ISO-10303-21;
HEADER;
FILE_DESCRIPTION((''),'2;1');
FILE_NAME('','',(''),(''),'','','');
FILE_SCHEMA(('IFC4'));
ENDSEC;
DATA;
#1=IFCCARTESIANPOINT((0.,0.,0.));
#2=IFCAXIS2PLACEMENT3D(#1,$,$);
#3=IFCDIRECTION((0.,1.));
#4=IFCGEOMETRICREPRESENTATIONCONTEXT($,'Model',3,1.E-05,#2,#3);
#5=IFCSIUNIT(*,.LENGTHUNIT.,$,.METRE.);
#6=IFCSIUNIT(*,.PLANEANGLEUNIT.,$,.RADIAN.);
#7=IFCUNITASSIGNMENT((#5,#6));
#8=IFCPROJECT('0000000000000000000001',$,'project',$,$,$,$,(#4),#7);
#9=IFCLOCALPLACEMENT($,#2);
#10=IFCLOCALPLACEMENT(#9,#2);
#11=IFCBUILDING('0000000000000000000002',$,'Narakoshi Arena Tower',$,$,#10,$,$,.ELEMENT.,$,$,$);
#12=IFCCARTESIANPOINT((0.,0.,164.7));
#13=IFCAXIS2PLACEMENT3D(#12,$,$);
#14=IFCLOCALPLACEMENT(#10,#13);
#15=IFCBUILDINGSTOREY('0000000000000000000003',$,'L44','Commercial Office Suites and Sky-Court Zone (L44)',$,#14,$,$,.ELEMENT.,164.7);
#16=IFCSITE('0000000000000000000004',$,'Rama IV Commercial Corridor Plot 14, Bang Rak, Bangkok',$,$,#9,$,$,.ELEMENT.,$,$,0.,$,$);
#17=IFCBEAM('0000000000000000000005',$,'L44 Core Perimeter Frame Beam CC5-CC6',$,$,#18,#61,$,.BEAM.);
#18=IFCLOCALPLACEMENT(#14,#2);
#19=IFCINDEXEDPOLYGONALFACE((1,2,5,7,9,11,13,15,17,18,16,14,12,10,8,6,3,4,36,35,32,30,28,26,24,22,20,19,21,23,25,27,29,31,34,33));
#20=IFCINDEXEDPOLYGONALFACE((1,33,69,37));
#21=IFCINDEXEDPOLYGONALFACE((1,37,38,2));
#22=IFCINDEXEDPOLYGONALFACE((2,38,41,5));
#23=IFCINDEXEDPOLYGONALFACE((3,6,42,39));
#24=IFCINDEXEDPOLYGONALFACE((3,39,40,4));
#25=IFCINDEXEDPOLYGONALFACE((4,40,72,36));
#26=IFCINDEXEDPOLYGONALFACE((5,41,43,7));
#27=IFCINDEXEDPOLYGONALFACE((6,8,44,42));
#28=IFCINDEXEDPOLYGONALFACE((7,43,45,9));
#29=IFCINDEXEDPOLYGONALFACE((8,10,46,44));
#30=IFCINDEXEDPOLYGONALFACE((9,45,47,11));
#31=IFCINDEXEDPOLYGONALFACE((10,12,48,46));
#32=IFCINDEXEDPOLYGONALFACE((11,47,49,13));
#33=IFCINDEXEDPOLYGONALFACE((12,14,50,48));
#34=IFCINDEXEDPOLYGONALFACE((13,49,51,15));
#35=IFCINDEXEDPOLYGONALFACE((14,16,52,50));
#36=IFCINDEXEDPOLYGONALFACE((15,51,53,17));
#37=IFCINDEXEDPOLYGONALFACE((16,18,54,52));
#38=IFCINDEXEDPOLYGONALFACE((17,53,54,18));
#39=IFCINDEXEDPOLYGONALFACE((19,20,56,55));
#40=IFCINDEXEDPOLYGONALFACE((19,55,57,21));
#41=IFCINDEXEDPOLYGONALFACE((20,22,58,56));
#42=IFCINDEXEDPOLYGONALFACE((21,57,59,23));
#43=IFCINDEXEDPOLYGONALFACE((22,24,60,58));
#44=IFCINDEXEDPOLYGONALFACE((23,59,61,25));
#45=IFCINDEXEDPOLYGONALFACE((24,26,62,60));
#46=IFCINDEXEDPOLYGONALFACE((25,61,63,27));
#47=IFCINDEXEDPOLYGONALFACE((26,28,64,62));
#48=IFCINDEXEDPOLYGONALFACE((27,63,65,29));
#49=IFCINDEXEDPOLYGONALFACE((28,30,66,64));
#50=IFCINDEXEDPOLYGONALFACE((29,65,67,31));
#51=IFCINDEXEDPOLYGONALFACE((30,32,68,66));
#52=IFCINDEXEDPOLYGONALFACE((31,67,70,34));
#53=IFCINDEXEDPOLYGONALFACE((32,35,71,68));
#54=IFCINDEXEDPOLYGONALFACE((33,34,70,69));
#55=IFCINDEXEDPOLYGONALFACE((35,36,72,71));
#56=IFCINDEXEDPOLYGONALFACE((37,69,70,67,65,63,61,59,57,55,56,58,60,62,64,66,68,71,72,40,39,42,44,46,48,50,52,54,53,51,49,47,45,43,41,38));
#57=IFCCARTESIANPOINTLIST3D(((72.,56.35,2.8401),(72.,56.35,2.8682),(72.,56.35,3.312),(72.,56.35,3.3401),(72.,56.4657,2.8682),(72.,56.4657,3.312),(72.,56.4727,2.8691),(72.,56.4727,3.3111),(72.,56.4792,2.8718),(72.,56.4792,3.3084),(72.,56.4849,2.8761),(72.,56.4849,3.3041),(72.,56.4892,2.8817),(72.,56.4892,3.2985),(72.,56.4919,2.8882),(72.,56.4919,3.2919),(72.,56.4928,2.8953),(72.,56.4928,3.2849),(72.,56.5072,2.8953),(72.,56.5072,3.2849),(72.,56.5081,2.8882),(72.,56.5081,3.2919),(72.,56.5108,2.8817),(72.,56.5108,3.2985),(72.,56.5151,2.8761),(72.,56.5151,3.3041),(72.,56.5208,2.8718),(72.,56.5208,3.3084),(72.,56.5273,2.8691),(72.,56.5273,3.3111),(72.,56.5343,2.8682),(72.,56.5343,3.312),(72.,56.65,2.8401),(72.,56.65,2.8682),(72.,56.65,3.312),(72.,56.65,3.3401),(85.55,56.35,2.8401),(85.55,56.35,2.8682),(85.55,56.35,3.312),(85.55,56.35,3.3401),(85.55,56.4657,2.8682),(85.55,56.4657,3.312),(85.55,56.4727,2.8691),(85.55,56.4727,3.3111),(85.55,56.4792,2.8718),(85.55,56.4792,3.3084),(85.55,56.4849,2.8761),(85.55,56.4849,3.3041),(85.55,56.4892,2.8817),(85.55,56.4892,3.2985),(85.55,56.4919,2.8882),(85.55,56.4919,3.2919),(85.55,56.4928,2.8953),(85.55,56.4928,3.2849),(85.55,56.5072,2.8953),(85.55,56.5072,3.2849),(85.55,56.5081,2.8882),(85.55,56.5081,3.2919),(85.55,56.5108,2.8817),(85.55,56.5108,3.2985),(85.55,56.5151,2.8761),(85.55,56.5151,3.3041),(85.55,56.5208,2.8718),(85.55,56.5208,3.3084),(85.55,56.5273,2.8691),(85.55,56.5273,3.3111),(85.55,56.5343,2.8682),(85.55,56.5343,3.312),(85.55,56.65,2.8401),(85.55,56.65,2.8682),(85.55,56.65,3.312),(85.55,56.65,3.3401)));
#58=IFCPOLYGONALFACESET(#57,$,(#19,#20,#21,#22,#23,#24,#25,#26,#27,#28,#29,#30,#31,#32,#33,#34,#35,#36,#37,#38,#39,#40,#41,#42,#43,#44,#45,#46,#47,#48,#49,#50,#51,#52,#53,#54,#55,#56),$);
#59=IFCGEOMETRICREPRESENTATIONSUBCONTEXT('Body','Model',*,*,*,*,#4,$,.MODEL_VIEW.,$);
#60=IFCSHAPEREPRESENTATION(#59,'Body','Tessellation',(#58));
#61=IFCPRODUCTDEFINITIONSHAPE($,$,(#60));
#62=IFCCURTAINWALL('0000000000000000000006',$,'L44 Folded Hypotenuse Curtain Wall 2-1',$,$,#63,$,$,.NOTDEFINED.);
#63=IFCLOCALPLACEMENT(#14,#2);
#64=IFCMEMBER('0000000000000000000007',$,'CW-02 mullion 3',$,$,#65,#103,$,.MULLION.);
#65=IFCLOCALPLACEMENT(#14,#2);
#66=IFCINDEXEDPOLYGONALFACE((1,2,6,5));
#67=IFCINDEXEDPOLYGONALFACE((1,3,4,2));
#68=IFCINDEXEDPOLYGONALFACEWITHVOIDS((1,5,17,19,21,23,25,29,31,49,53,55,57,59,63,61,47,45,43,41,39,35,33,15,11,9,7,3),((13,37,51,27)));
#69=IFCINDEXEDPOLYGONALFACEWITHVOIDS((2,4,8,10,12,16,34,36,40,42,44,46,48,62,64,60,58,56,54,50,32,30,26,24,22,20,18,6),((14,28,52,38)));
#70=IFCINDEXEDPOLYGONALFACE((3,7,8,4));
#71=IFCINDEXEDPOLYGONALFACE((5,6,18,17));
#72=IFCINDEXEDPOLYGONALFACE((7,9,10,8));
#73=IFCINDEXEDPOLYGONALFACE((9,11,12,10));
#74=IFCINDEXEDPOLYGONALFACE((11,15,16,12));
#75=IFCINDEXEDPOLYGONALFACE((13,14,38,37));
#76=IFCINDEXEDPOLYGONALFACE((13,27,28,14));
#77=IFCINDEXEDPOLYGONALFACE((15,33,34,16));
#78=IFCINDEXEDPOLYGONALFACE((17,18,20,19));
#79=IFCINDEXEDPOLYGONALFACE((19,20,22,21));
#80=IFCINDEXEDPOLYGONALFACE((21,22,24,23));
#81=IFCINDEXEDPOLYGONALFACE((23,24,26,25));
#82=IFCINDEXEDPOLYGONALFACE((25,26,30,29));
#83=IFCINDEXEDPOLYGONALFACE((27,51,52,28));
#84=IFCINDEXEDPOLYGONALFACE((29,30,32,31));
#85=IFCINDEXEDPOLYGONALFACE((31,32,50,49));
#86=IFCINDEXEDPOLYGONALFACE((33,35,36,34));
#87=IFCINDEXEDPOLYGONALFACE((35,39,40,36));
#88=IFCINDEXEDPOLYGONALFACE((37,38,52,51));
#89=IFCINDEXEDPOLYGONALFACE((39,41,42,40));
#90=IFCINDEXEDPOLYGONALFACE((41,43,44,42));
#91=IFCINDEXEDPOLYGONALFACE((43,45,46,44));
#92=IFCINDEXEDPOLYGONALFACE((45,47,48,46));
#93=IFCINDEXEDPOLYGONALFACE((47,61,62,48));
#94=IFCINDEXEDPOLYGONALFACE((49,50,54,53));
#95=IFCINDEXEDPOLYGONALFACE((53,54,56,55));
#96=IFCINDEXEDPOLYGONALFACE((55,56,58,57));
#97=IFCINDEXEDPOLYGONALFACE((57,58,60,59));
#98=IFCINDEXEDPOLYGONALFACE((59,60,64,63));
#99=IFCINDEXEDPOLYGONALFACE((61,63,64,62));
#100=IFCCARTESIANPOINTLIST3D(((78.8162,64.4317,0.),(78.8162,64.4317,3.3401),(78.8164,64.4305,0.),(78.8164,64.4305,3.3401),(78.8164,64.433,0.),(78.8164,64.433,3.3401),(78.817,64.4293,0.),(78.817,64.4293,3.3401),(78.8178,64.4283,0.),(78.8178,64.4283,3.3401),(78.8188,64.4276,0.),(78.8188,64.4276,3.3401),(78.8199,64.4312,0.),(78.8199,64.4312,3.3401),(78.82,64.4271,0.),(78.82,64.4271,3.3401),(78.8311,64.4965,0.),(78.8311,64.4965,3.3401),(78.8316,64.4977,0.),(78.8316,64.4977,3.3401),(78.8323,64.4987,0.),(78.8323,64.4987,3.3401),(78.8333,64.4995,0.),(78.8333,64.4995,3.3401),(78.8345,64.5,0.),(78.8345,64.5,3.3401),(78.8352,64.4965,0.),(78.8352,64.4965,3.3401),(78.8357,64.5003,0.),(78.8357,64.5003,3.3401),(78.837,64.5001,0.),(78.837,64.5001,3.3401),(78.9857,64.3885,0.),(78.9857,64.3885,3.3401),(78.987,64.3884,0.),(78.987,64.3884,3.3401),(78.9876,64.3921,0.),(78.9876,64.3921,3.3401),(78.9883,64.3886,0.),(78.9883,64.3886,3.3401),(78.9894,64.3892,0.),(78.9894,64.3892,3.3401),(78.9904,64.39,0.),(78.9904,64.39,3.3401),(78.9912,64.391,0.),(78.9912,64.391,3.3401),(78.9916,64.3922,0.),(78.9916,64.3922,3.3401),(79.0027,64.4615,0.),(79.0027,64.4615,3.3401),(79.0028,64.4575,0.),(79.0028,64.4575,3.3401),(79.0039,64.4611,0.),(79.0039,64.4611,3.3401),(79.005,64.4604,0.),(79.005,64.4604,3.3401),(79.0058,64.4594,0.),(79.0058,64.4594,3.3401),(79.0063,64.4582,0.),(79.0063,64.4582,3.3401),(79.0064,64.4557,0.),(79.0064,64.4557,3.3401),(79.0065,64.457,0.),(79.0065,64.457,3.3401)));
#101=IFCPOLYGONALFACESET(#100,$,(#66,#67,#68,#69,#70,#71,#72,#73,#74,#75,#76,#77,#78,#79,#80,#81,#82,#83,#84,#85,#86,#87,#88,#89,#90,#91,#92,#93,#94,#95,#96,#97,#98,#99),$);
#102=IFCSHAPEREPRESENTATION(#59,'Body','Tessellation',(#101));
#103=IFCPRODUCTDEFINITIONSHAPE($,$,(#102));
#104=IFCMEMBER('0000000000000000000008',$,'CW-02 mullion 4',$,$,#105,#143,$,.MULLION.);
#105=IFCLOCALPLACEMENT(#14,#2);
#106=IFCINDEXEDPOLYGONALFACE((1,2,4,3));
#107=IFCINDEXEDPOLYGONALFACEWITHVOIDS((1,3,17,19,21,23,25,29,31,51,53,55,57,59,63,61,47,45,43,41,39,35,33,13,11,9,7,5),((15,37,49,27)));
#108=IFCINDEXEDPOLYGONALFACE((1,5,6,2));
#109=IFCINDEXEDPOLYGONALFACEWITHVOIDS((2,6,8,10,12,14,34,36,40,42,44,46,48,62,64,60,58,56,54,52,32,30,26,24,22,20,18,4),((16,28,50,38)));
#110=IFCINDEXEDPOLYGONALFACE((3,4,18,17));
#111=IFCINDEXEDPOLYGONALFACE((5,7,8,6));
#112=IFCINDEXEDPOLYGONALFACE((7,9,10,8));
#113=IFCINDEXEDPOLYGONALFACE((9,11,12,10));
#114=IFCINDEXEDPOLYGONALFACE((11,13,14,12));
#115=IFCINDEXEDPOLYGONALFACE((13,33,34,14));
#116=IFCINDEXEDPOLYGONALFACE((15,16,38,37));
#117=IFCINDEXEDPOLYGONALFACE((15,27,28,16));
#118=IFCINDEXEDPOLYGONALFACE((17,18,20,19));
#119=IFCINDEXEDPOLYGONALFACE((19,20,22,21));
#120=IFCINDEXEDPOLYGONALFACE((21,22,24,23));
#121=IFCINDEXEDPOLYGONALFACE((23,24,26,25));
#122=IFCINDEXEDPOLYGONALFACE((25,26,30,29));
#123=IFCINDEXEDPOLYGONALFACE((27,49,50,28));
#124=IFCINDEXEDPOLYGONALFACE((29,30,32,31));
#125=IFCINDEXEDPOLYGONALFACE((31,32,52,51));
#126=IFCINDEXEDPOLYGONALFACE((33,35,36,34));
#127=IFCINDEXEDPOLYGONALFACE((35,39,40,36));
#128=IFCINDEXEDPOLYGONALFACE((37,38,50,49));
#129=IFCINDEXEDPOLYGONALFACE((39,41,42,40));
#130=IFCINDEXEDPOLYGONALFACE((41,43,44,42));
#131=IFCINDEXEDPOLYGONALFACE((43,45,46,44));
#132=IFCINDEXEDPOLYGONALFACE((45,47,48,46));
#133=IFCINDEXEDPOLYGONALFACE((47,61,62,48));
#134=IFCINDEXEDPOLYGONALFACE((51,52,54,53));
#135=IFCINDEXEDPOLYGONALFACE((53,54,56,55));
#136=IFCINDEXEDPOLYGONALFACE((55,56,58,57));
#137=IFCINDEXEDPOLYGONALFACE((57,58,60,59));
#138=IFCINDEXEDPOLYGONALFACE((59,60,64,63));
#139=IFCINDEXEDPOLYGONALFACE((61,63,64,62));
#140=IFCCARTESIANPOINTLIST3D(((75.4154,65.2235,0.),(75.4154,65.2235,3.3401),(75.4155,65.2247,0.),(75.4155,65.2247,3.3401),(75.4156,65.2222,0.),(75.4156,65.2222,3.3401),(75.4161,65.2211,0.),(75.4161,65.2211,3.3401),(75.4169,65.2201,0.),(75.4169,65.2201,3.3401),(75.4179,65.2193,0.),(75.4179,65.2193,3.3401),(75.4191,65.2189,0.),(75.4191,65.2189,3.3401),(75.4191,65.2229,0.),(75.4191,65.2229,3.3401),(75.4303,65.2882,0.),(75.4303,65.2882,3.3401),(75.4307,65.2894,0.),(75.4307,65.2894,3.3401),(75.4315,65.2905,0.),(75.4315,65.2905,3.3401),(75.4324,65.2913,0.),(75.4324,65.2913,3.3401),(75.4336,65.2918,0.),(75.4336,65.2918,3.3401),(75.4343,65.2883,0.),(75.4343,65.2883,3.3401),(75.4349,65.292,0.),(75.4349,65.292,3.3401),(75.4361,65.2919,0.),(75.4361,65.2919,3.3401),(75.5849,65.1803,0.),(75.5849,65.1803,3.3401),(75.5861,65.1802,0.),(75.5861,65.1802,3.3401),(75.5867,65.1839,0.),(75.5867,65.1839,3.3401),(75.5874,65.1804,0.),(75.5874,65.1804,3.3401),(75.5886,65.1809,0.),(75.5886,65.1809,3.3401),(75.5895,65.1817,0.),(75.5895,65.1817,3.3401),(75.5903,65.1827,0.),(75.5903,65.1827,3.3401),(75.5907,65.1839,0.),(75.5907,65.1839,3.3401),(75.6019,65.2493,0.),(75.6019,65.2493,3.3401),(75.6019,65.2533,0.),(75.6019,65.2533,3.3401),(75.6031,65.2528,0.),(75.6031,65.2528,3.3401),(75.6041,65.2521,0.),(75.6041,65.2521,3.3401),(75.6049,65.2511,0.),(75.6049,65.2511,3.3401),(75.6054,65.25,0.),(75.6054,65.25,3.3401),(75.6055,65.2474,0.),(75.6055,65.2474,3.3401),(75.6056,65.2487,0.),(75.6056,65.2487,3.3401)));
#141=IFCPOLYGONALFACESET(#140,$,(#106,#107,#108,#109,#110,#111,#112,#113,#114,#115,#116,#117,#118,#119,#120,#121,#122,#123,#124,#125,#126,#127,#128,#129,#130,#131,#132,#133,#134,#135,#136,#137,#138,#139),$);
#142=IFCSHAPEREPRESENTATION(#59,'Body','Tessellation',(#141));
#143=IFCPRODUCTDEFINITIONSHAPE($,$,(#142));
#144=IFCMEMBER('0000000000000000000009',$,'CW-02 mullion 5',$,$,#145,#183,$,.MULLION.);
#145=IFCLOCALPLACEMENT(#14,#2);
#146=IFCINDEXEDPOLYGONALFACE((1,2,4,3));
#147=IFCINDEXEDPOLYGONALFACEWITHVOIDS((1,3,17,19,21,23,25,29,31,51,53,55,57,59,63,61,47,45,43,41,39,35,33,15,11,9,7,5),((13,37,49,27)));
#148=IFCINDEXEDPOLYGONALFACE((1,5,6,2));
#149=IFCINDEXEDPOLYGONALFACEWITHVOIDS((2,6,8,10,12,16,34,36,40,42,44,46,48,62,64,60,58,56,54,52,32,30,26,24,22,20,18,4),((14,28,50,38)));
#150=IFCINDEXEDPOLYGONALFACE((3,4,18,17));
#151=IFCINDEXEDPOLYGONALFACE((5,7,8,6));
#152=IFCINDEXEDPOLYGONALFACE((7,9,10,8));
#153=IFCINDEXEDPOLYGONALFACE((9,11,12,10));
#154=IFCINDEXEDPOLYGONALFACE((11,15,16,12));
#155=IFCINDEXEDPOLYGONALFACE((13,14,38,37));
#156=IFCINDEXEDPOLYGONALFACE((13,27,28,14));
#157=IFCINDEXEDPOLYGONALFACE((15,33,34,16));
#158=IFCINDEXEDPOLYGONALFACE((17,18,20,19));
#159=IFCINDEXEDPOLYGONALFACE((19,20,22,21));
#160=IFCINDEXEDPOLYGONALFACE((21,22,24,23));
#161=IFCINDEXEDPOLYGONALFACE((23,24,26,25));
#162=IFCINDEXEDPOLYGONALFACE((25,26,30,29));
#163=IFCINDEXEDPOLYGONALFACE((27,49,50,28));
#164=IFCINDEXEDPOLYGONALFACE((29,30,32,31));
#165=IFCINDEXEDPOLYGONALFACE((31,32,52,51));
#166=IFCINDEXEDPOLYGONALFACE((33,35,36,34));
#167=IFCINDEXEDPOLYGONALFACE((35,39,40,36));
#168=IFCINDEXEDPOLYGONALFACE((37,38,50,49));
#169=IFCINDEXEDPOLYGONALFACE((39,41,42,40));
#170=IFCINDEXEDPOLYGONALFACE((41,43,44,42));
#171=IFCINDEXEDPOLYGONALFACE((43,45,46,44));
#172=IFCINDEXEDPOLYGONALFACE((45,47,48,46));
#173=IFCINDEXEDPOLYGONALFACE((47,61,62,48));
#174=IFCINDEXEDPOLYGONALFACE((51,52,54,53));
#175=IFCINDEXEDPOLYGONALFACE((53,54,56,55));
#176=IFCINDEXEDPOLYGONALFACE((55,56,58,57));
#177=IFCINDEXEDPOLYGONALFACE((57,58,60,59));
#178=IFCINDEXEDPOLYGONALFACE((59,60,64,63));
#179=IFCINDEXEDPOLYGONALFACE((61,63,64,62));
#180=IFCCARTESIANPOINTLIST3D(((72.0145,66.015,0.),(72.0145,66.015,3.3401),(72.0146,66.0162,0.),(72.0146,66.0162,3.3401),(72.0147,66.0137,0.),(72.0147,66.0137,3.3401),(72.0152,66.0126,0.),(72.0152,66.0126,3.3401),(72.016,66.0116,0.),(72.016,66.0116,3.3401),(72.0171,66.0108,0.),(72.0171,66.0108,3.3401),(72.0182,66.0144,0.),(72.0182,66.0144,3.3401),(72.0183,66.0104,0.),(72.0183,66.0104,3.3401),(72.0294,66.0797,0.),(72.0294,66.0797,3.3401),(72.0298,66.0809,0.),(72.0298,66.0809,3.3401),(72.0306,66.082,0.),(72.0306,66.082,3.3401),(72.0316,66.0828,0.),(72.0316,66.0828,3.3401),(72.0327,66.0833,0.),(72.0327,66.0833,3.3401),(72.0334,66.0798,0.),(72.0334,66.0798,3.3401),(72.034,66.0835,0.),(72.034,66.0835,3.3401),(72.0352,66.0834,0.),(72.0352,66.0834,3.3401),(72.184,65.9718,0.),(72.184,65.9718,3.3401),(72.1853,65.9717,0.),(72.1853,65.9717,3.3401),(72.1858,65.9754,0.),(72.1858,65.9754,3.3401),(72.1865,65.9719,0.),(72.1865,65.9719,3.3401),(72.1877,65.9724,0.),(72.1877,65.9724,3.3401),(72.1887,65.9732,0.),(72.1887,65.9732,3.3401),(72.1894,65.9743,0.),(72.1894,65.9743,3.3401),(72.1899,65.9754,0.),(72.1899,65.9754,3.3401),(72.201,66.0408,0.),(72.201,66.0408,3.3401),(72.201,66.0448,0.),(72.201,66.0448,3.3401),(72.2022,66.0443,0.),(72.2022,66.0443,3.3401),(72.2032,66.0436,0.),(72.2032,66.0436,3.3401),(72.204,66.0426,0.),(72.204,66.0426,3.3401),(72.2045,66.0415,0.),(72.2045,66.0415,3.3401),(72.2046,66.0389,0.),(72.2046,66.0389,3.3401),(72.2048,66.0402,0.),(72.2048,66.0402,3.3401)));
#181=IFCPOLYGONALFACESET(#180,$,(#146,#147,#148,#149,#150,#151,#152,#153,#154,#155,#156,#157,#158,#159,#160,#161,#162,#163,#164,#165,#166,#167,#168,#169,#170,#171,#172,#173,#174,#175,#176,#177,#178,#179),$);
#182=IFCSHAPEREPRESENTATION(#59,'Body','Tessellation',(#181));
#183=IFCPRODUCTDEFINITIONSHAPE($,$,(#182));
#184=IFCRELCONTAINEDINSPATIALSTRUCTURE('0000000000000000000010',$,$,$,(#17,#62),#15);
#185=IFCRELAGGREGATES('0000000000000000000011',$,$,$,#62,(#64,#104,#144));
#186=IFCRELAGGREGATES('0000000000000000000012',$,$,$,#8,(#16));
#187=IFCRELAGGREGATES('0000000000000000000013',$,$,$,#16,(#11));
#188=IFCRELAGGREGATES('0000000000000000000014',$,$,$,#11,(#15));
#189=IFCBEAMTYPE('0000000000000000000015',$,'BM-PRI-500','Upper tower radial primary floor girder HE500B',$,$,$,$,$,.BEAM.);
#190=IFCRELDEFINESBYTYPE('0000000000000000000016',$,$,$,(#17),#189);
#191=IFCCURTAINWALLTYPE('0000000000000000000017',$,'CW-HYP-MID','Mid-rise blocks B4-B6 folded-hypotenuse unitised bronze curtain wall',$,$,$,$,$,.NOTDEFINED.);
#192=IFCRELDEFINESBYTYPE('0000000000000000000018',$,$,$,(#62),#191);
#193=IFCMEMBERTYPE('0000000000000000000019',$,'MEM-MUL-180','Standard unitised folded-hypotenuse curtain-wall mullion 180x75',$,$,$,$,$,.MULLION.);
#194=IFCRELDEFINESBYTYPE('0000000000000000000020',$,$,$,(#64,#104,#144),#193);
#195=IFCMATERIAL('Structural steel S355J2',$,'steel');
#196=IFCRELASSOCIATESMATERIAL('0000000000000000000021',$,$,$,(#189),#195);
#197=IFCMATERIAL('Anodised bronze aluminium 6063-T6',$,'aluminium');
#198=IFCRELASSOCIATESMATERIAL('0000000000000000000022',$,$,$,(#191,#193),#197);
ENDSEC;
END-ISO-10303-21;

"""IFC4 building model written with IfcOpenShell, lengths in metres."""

from ifc_helpers import new_model, si_unit, direction, frame, origin, origin_2d, place, context, subcontext, project, spatial, hollow_rectangle, i_section, extrude, material, material_profile, profile_set, type_object, element, aggregate, save


model = new_model("IFC4")

# Units and contexts
model_context = context("Model", 3, precision=1e-05, world=origin(), true_north=direction((0.0, 1.0)))
body_context = subcontext(model_context, "Body", "Model", "MODEL_VIEW")
ifc_project = project(units=[si_unit("LENGTHUNIT", "METRE"), si_unit("PLANEANGLEUNIT", "RADIAN")], contexts=[model_context])

# Site, building, storey
site_placement = place(None, origin())
site = spatial("IfcSite", under=ifc_project, at=site_placement, Name="Rama IV Commercial Corridor Plot 14, Bang Rak, Bangkok", CompositionType="ELEMENT", RefElevation=0.0)
building_placement = place(site_placement, origin())
building = spatial("IfcBuilding", under=site, at=building_placement, Name="Narakoshi Arena Tower", CompositionType="ELEMENT")
storey_placement = place(building_placement, frame((0.0, 0.0, 164.7)))
storey = spatial("IfcBuildingStorey", under=building, at=storey_placement, Name="L44", Description="Commercial Office Suites and Sky-Court Zone (L44)", CompositionType="ELEMENT", Elevation=164.7)

# Beam
ifc_material_1 = material(Name="Structural steel S355J2", Category="steel")
ifc_material_profile_1 = material_profile(ifc_material_1, i_section(OverallWidth=0.3, OverallDepth=0.5, WebThickness=0.0144, FlangeThickness=0.0281, FilletRadius=0.0271, at=origin_2d()), Name="HE500B")
ifc_profile_set_1 = profile_set([ifc_material_profile_1], Name="Structural steel S355J2")
beam_type = type_object("IfcBeamType", Name="BM-PRI-500", Description="Upper tower radial primary floor girder HE500B", PredefinedType="BEAM", material=ifc_profile_set_1)
beam_1_placement = place(storey_placement, frame((72.0, 56.5, 3.0901), z_axis=(1.0, 0.0, 0.0), x_axis=(0.0, 1.0, 0.0)))
element("IfcBeam", 1, at=beam_1_placement, inside=storey, type_object=beam_type, Name="L44 Core Perimeter Frame Beam CC5-CC6", PredefinedType="BEAM", context=body_context, shape_type="SweptSolid", body=[
    extrude(i_section(OverallWidth=0.3, OverallDepth=0.5, WebThickness=0.0144, FlangeThickness=0.0281, FilletRadius=0.0271, at=origin_2d()), origin(), (0.0, 0.0, 1.0), 13.55),
])

# Curtain wall, members
ifc_material_2 = material(Name="Anodised bronze aluminium 6063-T6", Category="aluminium")
curtain_wall_type = type_object("IfcCurtainWallType", Name="CW-HYP-MID", Description="Mid-rise blocks B4-B6 folded-hypotenuse unitised bronze curtain wall", PredefinedType="NOTDEFINED", material=ifc_material_2)
curtain_wall_placement = place(storey_placement, origin())
curtain_wall = element("IfcCurtainWall", 2, at=curtain_wall_placement, inside=storey, type_object=curtain_wall_type, Name="L44 Folded Hypotenuse Curtain Wall 2-1", PredefinedType="NOTDEFINED")
ifc_material_profile_2 = material_profile(ifc_material_2, hollow_rectangle(XDim=0.075, YDim=0.1799, WallThickness=0.0039, OuterFilletRadius=0.0049, at=origin_2d()), Name="MUL180x75x4")
ifc_profile_set_2 = profile_set([ifc_material_profile_2], Name="Anodised bronze aluminium 6063-T6")
member_type_1 = type_object("IfcMemberType", Name="MEM-MUL-180", Description="Standard unitised folded-hypotenuse curtain-wall mullion 180x75", PredefinedType="MULLION", material=ifc_profile_set_2)
member_1_placement = place(storey_placement, frame((78.9114, 64.4443, 0.0), z_axis=(0.0, 0.0, 1.0), x_axis=(-0.226721, -0.97396, 0.0)))
member_1 = element("IfcMember", 3, at=member_1_placement, type_object=member_type_1, Name="CW-02 mullion 3", PredefinedType="MULLION", context=body_context, shape_type="SweptSolid", body=[
    extrude(hollow_rectangle(XDim=0.075, YDim=0.1799, WallThickness=0.0039, OuterFilletRadius=0.0049, at=origin_2d()), origin(), (0.0, 0.0, 1.0), 3.3401),
])
member_2_placement = place(storey_placement, frame((75.5105, 65.2361, 0.0), z_axis=(0.0, 0.0, 1.0), x_axis=(-0.226721, -0.97396, 0.0)))
member_2 = element("IfcMember", 4, at=member_2_placement, type_object=member_type_1, Name="CW-02 mullion 4", PredefinedType="MULLION", context=body_context, shape_type="SweptSolid", body=[
    extrude(hollow_rectangle(XDim=0.075, YDim=0.1799, WallThickness=0.0039, OuterFilletRadius=0.0049, at=origin_2d()), origin(), (0.0, 0.0, 1.0), 3.3401),
])
member_3_placement = place(storey_placement, frame((72.1096, 66.0276, 0.0), z_axis=(0.0, 0.0, 1.0), x_axis=(-0.226721, -0.97396, 0.0)))
member_3 = element("IfcMember", 5, at=member_3_placement, type_object=member_type_1, Name="CW-02 mullion 5", PredefinedType="MULLION", context=body_context, shape_type="SweptSolid", body=[
    extrude(hollow_rectangle(XDim=0.075, YDim=0.1799, WallThickness=0.0039, OuterFilletRadius=0.0049, at=origin_2d()), origin(), (0.0, 0.0, 1.0), 3.3401),
])
aggregate(curtain_wall, [member_1, member_2, member_3])

save(model, "model.ifc")
